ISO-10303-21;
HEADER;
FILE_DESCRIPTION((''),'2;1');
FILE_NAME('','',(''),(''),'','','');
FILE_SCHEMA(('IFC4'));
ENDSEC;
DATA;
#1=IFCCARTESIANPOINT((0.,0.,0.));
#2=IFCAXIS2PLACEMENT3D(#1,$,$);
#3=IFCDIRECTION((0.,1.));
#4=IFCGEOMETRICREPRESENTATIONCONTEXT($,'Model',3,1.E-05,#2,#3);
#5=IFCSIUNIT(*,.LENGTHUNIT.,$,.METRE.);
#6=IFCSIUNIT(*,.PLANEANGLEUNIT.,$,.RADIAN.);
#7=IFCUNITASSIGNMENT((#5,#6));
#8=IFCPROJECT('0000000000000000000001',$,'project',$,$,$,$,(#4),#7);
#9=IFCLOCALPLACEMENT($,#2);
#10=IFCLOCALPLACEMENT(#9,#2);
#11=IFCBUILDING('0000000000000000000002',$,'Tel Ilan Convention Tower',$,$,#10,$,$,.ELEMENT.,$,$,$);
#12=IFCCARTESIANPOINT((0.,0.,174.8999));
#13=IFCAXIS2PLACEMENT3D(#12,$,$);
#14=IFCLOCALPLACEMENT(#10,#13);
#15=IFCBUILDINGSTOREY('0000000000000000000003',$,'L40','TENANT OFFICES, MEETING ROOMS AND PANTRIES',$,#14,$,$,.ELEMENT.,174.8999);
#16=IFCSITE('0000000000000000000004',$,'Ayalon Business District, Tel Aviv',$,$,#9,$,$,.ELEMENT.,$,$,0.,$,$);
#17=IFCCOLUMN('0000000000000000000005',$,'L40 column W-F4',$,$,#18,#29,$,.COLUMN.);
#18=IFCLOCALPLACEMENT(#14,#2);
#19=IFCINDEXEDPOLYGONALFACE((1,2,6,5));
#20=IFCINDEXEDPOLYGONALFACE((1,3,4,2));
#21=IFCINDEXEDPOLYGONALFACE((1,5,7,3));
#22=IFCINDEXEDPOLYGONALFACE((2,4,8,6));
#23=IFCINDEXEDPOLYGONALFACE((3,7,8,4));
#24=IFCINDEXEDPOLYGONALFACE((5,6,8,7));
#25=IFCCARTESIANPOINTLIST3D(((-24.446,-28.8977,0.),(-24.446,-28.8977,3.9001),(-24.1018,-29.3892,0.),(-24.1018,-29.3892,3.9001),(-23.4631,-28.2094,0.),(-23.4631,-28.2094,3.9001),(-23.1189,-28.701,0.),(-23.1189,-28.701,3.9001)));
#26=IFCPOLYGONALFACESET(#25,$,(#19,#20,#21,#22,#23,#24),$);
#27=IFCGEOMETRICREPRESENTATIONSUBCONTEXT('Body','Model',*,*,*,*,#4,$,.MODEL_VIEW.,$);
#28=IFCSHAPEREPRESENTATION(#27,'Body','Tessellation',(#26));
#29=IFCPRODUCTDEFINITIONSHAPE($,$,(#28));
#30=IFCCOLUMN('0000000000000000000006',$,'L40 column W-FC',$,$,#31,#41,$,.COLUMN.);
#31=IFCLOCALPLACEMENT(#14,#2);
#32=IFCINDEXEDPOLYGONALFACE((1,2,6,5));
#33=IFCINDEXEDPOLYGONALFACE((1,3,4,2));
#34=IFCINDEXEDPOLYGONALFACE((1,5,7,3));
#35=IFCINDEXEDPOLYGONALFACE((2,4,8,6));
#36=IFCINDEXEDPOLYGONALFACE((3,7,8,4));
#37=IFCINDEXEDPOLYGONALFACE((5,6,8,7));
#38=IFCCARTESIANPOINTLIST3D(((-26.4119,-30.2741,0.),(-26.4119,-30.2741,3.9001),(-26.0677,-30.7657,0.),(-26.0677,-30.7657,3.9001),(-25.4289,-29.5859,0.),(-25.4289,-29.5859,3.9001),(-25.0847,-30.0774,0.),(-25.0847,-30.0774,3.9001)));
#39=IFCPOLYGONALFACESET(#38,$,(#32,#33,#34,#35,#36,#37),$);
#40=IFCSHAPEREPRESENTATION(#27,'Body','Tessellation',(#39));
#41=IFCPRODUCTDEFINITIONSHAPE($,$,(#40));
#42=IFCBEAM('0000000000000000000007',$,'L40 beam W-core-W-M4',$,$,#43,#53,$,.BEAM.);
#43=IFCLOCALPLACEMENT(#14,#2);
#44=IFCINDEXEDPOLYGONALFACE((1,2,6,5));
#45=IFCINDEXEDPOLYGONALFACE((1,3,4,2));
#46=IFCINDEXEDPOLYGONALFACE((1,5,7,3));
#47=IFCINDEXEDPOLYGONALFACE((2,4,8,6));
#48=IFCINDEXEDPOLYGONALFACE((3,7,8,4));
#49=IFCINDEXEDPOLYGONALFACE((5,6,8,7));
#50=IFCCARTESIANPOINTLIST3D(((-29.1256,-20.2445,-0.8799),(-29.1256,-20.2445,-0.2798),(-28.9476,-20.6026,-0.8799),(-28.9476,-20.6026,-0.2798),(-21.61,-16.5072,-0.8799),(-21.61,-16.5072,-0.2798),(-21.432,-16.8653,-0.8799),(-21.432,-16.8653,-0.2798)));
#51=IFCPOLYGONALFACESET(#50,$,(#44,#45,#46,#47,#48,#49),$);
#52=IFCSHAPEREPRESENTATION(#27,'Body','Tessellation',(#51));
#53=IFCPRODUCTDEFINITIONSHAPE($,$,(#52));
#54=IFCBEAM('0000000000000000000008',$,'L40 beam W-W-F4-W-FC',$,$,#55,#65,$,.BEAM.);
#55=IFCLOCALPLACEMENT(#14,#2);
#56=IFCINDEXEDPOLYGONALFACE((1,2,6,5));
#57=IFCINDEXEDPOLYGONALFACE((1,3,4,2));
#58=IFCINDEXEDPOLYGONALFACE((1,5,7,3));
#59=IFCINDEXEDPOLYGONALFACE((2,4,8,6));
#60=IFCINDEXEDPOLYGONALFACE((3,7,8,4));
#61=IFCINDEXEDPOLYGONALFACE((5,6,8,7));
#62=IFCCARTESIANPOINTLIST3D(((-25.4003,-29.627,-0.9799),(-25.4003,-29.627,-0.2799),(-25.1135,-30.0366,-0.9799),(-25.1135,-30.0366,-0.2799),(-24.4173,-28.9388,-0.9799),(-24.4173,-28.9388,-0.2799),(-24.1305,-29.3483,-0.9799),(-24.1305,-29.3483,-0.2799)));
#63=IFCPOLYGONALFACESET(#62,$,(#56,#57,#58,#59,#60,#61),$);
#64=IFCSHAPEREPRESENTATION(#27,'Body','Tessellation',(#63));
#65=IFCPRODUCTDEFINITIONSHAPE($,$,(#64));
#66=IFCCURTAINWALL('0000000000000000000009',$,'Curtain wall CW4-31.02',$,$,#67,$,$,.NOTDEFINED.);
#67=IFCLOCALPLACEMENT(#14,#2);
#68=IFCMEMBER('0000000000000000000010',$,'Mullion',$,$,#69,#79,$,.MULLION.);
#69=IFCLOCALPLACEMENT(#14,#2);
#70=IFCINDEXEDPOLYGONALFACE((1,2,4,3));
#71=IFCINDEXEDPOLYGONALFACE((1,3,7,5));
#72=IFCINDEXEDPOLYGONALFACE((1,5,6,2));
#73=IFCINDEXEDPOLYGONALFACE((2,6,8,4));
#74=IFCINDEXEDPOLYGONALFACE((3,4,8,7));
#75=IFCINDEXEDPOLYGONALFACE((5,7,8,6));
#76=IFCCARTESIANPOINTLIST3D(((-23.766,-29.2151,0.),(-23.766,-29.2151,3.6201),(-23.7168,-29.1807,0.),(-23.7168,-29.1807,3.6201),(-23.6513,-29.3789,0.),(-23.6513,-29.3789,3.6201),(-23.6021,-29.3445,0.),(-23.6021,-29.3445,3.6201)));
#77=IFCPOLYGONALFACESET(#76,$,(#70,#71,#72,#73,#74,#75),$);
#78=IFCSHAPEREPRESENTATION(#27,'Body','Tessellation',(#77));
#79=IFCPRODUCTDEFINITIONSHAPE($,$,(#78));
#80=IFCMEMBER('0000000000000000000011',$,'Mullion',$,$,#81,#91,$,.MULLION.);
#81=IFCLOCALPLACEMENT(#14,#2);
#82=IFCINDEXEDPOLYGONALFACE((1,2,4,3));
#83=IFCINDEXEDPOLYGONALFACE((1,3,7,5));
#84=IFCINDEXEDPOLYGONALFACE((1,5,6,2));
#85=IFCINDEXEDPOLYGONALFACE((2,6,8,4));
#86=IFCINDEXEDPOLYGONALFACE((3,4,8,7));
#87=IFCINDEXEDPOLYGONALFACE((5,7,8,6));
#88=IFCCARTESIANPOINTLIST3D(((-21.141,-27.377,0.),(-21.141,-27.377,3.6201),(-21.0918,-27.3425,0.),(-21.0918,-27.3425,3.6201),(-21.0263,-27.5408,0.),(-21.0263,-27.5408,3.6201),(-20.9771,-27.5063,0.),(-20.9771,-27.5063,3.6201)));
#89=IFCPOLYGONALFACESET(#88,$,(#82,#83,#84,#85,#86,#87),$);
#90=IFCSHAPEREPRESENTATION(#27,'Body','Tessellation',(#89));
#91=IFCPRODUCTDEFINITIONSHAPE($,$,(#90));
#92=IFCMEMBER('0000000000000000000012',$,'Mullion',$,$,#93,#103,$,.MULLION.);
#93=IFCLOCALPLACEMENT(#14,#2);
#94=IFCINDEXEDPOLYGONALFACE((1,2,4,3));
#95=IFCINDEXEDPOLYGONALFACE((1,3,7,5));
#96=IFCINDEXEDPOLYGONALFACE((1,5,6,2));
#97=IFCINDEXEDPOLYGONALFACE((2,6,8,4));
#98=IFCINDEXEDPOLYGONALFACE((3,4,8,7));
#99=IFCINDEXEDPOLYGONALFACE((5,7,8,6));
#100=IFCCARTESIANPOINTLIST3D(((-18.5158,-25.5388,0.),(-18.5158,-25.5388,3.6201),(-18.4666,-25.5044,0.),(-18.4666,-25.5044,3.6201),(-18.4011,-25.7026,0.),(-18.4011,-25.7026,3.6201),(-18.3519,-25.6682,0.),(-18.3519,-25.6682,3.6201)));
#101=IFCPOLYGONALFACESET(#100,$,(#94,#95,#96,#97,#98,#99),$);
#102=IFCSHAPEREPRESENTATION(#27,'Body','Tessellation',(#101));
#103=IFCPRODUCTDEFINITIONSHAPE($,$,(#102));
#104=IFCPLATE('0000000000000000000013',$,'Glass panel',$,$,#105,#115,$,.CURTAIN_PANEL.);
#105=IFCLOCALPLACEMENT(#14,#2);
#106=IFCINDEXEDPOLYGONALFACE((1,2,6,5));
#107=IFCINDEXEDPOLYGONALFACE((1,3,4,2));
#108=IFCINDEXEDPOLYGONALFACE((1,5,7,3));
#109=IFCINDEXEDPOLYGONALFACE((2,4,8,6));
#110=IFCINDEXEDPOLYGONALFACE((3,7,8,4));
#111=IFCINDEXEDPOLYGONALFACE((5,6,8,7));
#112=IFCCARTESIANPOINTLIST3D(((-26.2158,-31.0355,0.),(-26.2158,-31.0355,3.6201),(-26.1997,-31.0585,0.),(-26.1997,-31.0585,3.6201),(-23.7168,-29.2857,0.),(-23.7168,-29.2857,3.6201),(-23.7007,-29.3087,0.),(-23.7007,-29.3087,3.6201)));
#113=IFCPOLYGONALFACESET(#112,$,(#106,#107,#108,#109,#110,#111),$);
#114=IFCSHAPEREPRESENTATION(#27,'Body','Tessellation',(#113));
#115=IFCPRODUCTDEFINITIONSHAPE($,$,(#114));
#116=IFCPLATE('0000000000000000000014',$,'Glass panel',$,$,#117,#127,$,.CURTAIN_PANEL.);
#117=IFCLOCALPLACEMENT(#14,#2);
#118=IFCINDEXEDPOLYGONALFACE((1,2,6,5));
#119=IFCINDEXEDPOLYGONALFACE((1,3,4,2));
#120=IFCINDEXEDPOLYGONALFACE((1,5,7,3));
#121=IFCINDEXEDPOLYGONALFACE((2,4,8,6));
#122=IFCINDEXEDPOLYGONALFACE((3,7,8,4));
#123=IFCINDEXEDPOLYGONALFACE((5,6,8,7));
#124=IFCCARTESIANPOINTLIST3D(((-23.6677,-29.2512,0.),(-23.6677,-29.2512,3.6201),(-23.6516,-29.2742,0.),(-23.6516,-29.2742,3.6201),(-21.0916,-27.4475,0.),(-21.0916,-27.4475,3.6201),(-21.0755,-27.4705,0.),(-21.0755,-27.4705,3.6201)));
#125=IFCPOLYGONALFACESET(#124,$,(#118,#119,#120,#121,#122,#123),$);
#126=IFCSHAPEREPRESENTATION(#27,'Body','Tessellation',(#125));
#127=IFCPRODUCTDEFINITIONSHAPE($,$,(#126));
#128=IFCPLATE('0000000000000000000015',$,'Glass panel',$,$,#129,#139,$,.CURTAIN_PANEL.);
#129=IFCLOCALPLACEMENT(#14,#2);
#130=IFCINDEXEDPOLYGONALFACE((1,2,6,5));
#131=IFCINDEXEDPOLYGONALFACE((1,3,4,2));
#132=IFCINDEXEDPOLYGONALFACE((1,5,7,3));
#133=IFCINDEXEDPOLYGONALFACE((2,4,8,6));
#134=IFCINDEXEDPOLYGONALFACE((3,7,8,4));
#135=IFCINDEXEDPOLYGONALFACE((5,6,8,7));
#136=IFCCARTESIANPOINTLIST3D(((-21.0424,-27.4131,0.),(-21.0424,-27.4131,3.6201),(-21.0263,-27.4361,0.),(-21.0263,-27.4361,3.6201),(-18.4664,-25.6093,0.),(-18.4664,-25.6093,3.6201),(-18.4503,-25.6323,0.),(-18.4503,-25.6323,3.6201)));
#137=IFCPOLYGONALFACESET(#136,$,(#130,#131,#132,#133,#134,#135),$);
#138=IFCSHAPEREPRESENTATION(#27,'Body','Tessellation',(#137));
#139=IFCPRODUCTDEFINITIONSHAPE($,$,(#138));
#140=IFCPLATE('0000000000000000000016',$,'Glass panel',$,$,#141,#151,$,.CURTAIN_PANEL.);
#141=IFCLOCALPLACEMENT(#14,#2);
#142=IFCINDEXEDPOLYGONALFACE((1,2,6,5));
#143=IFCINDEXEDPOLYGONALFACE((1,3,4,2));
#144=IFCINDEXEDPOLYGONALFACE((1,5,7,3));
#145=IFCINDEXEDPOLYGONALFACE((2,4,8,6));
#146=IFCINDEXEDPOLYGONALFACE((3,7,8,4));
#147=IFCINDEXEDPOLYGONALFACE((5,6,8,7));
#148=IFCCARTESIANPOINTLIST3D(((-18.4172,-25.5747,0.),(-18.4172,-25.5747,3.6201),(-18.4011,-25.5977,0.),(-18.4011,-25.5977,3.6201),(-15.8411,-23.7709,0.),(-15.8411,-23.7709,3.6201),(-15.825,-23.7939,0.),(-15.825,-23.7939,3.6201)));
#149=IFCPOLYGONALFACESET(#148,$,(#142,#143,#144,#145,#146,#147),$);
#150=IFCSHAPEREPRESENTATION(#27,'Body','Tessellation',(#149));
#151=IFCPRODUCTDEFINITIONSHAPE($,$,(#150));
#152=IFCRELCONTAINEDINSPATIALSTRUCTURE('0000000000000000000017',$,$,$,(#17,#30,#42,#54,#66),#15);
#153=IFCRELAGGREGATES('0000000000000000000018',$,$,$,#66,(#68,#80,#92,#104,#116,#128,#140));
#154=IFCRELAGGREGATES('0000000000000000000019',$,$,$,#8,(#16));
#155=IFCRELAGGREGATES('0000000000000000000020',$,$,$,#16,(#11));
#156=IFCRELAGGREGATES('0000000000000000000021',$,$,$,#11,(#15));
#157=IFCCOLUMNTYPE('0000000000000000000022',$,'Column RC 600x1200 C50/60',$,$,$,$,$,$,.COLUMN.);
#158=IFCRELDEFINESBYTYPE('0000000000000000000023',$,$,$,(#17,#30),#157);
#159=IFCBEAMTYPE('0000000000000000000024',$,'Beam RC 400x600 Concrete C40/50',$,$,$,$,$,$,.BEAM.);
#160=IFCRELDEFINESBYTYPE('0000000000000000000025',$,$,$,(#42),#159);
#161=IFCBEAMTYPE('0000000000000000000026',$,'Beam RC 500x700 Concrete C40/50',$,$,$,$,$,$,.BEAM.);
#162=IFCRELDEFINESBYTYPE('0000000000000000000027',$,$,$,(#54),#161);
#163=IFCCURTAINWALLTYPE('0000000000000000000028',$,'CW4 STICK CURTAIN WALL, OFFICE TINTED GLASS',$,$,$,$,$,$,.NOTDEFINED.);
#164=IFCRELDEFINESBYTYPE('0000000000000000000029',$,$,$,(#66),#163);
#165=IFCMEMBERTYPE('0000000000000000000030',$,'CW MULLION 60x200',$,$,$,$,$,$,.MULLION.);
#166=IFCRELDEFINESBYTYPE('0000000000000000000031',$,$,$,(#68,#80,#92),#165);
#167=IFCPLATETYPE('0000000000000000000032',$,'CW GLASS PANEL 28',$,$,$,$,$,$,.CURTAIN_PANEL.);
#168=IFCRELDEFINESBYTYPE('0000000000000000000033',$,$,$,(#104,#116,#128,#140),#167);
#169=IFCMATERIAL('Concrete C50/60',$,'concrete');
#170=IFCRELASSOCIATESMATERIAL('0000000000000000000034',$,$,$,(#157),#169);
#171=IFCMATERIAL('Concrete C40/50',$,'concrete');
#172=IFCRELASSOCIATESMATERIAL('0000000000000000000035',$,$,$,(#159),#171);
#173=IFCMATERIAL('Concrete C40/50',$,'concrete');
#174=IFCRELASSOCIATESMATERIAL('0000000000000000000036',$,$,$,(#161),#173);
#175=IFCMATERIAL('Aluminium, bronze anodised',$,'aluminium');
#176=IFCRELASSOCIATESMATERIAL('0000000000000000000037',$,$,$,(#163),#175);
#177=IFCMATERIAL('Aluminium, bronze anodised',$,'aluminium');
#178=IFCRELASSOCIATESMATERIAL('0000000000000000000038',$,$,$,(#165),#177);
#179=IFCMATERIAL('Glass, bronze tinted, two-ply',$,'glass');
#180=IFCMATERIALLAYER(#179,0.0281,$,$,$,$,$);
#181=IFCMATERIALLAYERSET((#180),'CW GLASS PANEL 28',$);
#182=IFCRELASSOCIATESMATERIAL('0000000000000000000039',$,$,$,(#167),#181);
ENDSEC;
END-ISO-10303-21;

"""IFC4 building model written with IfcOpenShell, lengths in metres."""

from ifc_helpers import new_model, si_unit, direction, frame, origin, origin_2d, place, context, subcontext, project, spatial, rectangle, extrude, material, layer, layer_set, material_profile, profile_set, type_object, element, aggregate, save


model = new_model("IFC4")

# Units and contexts
model_context = context("Model", 3, precision=1e-05, world=origin(), true_north=direction((0.0, 1.0)))
body_context = subcontext(model_context, "Body", "Model", "MODEL_VIEW")
ifc_project = project(units=[si_unit("LENGTHUNIT", "METRE"), si_unit("PLANEANGLEUNIT", "RADIAN")], contexts=[model_context])

# Site, building, storey
site_placement = place(None, origin())
site = spatial("IfcSite", under=ifc_project, at=site_placement, Name="Ayalon Business District, Tel Aviv", CompositionType="ELEMENT", RefElevation=0.0)
building_placement = place(site_placement, origin())
building = spatial("IfcBuilding", under=site, at=building_placement, Name="Tel Ilan Convention Tower", CompositionType="ELEMENT")
storey_placement = place(building_placement, frame((0.0, 0.0, 174.8999)))
storey = spatial("IfcBuildingStorey", under=building, at=storey_placement, Name="L40", Description="TENANT OFFICES, MEETING ROOMS AND PANTRIES", CompositionType="ELEMENT", Elevation=174.8999)

# Columns
ifc_material_1 = material(Name="Concrete C50/60", Category="concrete")
ifc_material_profile_1 = material_profile(ifc_material_1, rectangle(XDim=1.2, YDim=0.6001, at=origin_2d()), Name="RC 600x1200")
ifc_profile_set_1 = profile_set([ifc_material_profile_1], Name="Concrete C50/60")
column_type = type_object("IfcColumnType", Name="Column RC 600x1200 C50/60", PredefinedType="COLUMN", material=ifc_profile_set_1)
for number, where, z_axis, x_axis, name in (
    (1, (-23.7825, -28.7993, 0.0), (0.0, 0.0, 1.0), (-0.819152, -0.573576, 0.0), "L40 column W-F4"),
    (2, (-25.7483, -30.1758, 0.0), (0.0, 0.0, 1.0), (-0.819152, -0.573576, 0.0), "L40 column W-FC"),
):
    element("IfcColumn", number, at=place(storey_placement, frame(where, z_axis=z_axis, x_axis=x_axis)), inside=storey, type_object=column_type, Name=name, PredefinedType="COLUMN", context=body_context, shape_type="SweptSolid", body=[
        extrude(rectangle(XDim=1.2, YDim=0.6001, at=origin_2d()), origin(), (0.0, 0.0, 1.0), 3.9001),
    ])

# Beams
ifc_material_2 = material(Name="Concrete C40/50", Category="concrete")
ifc_material_profile_2 = material_profile(ifc_material_2, rectangle(XDim=0.3999, YDim=0.6001, at=origin_2d()), Name="RC 400x600")
ifc_profile_set_2 = profile_set([ifc_material_profile_2], Name="Concrete C40/50")
beam_type_1 = type_object("IfcBeamType", Name="Beam RC 400x600 Concrete C40/50", PredefinedType="BEAM", material=ifc_profile_set_2)
beam_1_placement = place(storey_placement, frame((-21.521, -16.6863, -0.5798), z_axis=(-0.895402, -0.445258, 0.0), x_axis=(0.445258, -0.895402, 0.0)))
element("IfcBeam", 3, at=beam_1_placement, inside=storey, type_object=beam_type_1, Name="L40 beam W-core-W-M4", PredefinedType="BEAM", context=body_context, shape_type="SweptSolid", body=[
    extrude(rectangle(XDim=0.3999, YDim=0.6001, at=origin_2d()), origin(), (0.0, 0.0, 1.0), 8.3936),
])
ifc_material_3 = material(Name="Concrete C40/50", Category="concrete")
ifc_material_profile_3 = material_profile(ifc_material_3, rectangle(XDim=0.5, YDim=0.7, at=origin_2d()), Name="RC 500x700")
ifc_profile_set_3 = profile_set([ifc_material_profile_3], Name="Concrete C40/50")
beam_type_2 = type_object("IfcBeamType", Name="Beam RC 500x700 Concrete C40/50", PredefinedType="BEAM", material=ifc_profile_set_3)
beam_2_placement = place(storey_placement, frame((-24.2739, -29.1436, -0.6299), z_axis=(-0.819155, -0.573572, 0.0), x_axis=(0.573572, -0.819155, 0.0)))
element("IfcBeam", 4, at=beam_2_placement, inside=storey, type_object=beam_type_2, Name="L40 beam W-W-F4-W-FC", PredefinedType="BEAM", context=body_context, shape_type="SweptSolid", body=[
    extrude(rectangle(XDim=0.5, YDim=0.7, at=origin_2d()), origin(), (0.0, 0.0, 1.0), 1.2),
])

# Curtain wall, members, plates
ifc_material_4 = material(Name="Aluminium, bronze anodised", Category="aluminium")
curtain_wall_type = type_object("IfcCurtainWallType", Name="CW4 STICK CURTAIN WALL, OFFICE TINTED GLASS", PredefinedType="NOTDEFINED", material=ifc_material_4)
curtain_wall_placement = place(storey_placement, origin())
curtain_wall = element("IfcCurtainWall", 5, at=curtain_wall_placement, inside=storey, type_object=curtain_wall_type, Name="Curtain wall CW4-31.02", PredefinedType="NOTDEFINED")
ifc_material_5 = material(Name="Aluminium, bronze anodised", Category="aluminium")
ifc_material_profile_4 = material_profile(ifc_material_5, rectangle(XDim=0.0601, YDim=0.2, at=origin_2d()), Name="CW MULLION 60x200")
ifc_profile_set_4 = profile_set([ifc_material_profile_4], Name="Aluminium, bronze anodised")
member_type = type_object("IfcMemberType", Name="CW MULLION 60x200", PredefinedType="MULLION", material=ifc_profile_set_4)
member_1_placement = place(storey_placement, frame((-23.6841, -29.2798, 0.0), z_axis=(0.0, 0.0, 1.0), x_axis=(0.819152, 0.573576, 0.0)))
member_1 = element("IfcMember", 6, at=member_1_placement, type_object=member_type, Name="Mullion", PredefinedType="MULLION", context=body_context, shape_type="SweptSolid", body=[
    extrude(rectangle(XDim=0.0601, YDim=0.2, at=origin_2d()), origin(), (0.0, 0.0, 1.0), 3.6201),
])
member_2_placement = place(storey_placement, frame((-21.0591, -27.4417, 0.0), z_axis=(0.0, 0.0, 1.0), x_axis=(0.819152, 0.573576, 0.0)))
member_2 = element("IfcMember", 7, at=member_2_placement, type_object=member_type, Name="Mullion", PredefinedType="MULLION", context=body_context, shape_type="SweptSolid", body=[
    extrude(rectangle(XDim=0.0601, YDim=0.2, at=origin_2d()), origin(), (0.0, 0.0, 1.0), 3.6201),
])
member_3_placement = place(storey_placement, frame((-18.4338, -25.6035, 0.0), z_axis=(0.0, 0.0, 1.0), x_axis=(0.819152, 0.573576, 0.0)))
member_3 = element("IfcMember", 8, at=member_3_placement, type_object=member_type, Name="Mullion", PredefinedType="MULLION", context=body_context, shape_type="SweptSolid", body=[
    extrude(rectangle(XDim=0.0601, YDim=0.2, at=origin_2d()), origin(), (0.0, 0.0, 1.0), 3.6201),
])
ifc_material_6 = material(Name="Glass, bronze tinted, two-ply", Category="glass")
ifc_layer_1 = layer(ifc_material_6, 0.0281)
ifc_layer_set_1 = layer_set([ifc_layer_1], Name="CW GLASS PANEL 28")
plate_type = type_object("IfcPlateType", Name="CW GLASS PANEL 28", PredefinedType="CURTAIN_PANEL", material=ifc_layer_set_1)
plate_1_placement = place(storey_placement, frame((-24.9583, -30.1721, 0.0), z_axis=(0.0, 0.0, 1.0), x_axis=(0.819152, 0.573576, 0.0)))
plate_1 = element("IfcPlate", 9, at=plate_1_placement, type_object=plate_type, Name="Glass panel", PredefinedType="CURTAIN_PANEL", context=body_context, shape_type="SweptSolid", body=[
    extrude(rectangle(XDim=3.0508, YDim=0.0281, at=origin_2d()), origin(), (0.0, 0.0, 1.0), 3.6201),
])
plate_2_placement = place(storey_placement, frame((-22.3716, -28.3608, 0.0), z_axis=(0.0, 0.0, 1.0), x_axis=(0.819152, 0.573576, 0.0)))
plate_2 = element("IfcPlate", 10, at=plate_2_placement, type_object=plate_type, Name="Glass panel", PredefinedType="CURTAIN_PANEL", context=body_context, shape_type="SweptSolid", body=[
    extrude(rectangle(XDim=3.1448, YDim=0.0281, at=origin_2d()), origin(), (0.0, 0.0, 1.0), 3.6201),
])
plate_3_placement = place(storey_placement, frame((-19.7463, -26.5227, 0.0), z_axis=(0.0, 0.0, 1.0), x_axis=(0.819152, 0.573576, 0.0)))
plate_3 = element("IfcPlate", 11, at=plate_3_placement, type_object=plate_type, Name="Glass panel", PredefinedType="CURTAIN_PANEL", context=body_context, shape_type="SweptSolid", body=[
    extrude(rectangle(XDim=3.1448, YDim=0.0281, at=origin_2d()), origin(), (0.0, 0.0, 1.0), 3.6201),
])
plate_4_placement = place(storey_placement, frame((-17.1211, -24.6843, 0.0), z_axis=(0.0, 0.0, 1.0), x_axis=(0.819152, 0.573576, 0.0)))
plate_4 = element("IfcPlate", 12, at=plate_4_placement, type_object=plate_type, Name="Glass panel", PredefinedType="CURTAIN_PANEL", context=body_context, shape_type="SweptSolid", body=[
    extrude(rectangle(XDim=3.1448, YDim=0.0281, at=origin_2d()), origin(), (0.0, 0.0, 1.0), 3.6201),
])
aggregate(curtain_wall, [member_1, member_2, member_3, plate_1, plate_2, plate_3, plate_4])

save(model, "model.ifc")
